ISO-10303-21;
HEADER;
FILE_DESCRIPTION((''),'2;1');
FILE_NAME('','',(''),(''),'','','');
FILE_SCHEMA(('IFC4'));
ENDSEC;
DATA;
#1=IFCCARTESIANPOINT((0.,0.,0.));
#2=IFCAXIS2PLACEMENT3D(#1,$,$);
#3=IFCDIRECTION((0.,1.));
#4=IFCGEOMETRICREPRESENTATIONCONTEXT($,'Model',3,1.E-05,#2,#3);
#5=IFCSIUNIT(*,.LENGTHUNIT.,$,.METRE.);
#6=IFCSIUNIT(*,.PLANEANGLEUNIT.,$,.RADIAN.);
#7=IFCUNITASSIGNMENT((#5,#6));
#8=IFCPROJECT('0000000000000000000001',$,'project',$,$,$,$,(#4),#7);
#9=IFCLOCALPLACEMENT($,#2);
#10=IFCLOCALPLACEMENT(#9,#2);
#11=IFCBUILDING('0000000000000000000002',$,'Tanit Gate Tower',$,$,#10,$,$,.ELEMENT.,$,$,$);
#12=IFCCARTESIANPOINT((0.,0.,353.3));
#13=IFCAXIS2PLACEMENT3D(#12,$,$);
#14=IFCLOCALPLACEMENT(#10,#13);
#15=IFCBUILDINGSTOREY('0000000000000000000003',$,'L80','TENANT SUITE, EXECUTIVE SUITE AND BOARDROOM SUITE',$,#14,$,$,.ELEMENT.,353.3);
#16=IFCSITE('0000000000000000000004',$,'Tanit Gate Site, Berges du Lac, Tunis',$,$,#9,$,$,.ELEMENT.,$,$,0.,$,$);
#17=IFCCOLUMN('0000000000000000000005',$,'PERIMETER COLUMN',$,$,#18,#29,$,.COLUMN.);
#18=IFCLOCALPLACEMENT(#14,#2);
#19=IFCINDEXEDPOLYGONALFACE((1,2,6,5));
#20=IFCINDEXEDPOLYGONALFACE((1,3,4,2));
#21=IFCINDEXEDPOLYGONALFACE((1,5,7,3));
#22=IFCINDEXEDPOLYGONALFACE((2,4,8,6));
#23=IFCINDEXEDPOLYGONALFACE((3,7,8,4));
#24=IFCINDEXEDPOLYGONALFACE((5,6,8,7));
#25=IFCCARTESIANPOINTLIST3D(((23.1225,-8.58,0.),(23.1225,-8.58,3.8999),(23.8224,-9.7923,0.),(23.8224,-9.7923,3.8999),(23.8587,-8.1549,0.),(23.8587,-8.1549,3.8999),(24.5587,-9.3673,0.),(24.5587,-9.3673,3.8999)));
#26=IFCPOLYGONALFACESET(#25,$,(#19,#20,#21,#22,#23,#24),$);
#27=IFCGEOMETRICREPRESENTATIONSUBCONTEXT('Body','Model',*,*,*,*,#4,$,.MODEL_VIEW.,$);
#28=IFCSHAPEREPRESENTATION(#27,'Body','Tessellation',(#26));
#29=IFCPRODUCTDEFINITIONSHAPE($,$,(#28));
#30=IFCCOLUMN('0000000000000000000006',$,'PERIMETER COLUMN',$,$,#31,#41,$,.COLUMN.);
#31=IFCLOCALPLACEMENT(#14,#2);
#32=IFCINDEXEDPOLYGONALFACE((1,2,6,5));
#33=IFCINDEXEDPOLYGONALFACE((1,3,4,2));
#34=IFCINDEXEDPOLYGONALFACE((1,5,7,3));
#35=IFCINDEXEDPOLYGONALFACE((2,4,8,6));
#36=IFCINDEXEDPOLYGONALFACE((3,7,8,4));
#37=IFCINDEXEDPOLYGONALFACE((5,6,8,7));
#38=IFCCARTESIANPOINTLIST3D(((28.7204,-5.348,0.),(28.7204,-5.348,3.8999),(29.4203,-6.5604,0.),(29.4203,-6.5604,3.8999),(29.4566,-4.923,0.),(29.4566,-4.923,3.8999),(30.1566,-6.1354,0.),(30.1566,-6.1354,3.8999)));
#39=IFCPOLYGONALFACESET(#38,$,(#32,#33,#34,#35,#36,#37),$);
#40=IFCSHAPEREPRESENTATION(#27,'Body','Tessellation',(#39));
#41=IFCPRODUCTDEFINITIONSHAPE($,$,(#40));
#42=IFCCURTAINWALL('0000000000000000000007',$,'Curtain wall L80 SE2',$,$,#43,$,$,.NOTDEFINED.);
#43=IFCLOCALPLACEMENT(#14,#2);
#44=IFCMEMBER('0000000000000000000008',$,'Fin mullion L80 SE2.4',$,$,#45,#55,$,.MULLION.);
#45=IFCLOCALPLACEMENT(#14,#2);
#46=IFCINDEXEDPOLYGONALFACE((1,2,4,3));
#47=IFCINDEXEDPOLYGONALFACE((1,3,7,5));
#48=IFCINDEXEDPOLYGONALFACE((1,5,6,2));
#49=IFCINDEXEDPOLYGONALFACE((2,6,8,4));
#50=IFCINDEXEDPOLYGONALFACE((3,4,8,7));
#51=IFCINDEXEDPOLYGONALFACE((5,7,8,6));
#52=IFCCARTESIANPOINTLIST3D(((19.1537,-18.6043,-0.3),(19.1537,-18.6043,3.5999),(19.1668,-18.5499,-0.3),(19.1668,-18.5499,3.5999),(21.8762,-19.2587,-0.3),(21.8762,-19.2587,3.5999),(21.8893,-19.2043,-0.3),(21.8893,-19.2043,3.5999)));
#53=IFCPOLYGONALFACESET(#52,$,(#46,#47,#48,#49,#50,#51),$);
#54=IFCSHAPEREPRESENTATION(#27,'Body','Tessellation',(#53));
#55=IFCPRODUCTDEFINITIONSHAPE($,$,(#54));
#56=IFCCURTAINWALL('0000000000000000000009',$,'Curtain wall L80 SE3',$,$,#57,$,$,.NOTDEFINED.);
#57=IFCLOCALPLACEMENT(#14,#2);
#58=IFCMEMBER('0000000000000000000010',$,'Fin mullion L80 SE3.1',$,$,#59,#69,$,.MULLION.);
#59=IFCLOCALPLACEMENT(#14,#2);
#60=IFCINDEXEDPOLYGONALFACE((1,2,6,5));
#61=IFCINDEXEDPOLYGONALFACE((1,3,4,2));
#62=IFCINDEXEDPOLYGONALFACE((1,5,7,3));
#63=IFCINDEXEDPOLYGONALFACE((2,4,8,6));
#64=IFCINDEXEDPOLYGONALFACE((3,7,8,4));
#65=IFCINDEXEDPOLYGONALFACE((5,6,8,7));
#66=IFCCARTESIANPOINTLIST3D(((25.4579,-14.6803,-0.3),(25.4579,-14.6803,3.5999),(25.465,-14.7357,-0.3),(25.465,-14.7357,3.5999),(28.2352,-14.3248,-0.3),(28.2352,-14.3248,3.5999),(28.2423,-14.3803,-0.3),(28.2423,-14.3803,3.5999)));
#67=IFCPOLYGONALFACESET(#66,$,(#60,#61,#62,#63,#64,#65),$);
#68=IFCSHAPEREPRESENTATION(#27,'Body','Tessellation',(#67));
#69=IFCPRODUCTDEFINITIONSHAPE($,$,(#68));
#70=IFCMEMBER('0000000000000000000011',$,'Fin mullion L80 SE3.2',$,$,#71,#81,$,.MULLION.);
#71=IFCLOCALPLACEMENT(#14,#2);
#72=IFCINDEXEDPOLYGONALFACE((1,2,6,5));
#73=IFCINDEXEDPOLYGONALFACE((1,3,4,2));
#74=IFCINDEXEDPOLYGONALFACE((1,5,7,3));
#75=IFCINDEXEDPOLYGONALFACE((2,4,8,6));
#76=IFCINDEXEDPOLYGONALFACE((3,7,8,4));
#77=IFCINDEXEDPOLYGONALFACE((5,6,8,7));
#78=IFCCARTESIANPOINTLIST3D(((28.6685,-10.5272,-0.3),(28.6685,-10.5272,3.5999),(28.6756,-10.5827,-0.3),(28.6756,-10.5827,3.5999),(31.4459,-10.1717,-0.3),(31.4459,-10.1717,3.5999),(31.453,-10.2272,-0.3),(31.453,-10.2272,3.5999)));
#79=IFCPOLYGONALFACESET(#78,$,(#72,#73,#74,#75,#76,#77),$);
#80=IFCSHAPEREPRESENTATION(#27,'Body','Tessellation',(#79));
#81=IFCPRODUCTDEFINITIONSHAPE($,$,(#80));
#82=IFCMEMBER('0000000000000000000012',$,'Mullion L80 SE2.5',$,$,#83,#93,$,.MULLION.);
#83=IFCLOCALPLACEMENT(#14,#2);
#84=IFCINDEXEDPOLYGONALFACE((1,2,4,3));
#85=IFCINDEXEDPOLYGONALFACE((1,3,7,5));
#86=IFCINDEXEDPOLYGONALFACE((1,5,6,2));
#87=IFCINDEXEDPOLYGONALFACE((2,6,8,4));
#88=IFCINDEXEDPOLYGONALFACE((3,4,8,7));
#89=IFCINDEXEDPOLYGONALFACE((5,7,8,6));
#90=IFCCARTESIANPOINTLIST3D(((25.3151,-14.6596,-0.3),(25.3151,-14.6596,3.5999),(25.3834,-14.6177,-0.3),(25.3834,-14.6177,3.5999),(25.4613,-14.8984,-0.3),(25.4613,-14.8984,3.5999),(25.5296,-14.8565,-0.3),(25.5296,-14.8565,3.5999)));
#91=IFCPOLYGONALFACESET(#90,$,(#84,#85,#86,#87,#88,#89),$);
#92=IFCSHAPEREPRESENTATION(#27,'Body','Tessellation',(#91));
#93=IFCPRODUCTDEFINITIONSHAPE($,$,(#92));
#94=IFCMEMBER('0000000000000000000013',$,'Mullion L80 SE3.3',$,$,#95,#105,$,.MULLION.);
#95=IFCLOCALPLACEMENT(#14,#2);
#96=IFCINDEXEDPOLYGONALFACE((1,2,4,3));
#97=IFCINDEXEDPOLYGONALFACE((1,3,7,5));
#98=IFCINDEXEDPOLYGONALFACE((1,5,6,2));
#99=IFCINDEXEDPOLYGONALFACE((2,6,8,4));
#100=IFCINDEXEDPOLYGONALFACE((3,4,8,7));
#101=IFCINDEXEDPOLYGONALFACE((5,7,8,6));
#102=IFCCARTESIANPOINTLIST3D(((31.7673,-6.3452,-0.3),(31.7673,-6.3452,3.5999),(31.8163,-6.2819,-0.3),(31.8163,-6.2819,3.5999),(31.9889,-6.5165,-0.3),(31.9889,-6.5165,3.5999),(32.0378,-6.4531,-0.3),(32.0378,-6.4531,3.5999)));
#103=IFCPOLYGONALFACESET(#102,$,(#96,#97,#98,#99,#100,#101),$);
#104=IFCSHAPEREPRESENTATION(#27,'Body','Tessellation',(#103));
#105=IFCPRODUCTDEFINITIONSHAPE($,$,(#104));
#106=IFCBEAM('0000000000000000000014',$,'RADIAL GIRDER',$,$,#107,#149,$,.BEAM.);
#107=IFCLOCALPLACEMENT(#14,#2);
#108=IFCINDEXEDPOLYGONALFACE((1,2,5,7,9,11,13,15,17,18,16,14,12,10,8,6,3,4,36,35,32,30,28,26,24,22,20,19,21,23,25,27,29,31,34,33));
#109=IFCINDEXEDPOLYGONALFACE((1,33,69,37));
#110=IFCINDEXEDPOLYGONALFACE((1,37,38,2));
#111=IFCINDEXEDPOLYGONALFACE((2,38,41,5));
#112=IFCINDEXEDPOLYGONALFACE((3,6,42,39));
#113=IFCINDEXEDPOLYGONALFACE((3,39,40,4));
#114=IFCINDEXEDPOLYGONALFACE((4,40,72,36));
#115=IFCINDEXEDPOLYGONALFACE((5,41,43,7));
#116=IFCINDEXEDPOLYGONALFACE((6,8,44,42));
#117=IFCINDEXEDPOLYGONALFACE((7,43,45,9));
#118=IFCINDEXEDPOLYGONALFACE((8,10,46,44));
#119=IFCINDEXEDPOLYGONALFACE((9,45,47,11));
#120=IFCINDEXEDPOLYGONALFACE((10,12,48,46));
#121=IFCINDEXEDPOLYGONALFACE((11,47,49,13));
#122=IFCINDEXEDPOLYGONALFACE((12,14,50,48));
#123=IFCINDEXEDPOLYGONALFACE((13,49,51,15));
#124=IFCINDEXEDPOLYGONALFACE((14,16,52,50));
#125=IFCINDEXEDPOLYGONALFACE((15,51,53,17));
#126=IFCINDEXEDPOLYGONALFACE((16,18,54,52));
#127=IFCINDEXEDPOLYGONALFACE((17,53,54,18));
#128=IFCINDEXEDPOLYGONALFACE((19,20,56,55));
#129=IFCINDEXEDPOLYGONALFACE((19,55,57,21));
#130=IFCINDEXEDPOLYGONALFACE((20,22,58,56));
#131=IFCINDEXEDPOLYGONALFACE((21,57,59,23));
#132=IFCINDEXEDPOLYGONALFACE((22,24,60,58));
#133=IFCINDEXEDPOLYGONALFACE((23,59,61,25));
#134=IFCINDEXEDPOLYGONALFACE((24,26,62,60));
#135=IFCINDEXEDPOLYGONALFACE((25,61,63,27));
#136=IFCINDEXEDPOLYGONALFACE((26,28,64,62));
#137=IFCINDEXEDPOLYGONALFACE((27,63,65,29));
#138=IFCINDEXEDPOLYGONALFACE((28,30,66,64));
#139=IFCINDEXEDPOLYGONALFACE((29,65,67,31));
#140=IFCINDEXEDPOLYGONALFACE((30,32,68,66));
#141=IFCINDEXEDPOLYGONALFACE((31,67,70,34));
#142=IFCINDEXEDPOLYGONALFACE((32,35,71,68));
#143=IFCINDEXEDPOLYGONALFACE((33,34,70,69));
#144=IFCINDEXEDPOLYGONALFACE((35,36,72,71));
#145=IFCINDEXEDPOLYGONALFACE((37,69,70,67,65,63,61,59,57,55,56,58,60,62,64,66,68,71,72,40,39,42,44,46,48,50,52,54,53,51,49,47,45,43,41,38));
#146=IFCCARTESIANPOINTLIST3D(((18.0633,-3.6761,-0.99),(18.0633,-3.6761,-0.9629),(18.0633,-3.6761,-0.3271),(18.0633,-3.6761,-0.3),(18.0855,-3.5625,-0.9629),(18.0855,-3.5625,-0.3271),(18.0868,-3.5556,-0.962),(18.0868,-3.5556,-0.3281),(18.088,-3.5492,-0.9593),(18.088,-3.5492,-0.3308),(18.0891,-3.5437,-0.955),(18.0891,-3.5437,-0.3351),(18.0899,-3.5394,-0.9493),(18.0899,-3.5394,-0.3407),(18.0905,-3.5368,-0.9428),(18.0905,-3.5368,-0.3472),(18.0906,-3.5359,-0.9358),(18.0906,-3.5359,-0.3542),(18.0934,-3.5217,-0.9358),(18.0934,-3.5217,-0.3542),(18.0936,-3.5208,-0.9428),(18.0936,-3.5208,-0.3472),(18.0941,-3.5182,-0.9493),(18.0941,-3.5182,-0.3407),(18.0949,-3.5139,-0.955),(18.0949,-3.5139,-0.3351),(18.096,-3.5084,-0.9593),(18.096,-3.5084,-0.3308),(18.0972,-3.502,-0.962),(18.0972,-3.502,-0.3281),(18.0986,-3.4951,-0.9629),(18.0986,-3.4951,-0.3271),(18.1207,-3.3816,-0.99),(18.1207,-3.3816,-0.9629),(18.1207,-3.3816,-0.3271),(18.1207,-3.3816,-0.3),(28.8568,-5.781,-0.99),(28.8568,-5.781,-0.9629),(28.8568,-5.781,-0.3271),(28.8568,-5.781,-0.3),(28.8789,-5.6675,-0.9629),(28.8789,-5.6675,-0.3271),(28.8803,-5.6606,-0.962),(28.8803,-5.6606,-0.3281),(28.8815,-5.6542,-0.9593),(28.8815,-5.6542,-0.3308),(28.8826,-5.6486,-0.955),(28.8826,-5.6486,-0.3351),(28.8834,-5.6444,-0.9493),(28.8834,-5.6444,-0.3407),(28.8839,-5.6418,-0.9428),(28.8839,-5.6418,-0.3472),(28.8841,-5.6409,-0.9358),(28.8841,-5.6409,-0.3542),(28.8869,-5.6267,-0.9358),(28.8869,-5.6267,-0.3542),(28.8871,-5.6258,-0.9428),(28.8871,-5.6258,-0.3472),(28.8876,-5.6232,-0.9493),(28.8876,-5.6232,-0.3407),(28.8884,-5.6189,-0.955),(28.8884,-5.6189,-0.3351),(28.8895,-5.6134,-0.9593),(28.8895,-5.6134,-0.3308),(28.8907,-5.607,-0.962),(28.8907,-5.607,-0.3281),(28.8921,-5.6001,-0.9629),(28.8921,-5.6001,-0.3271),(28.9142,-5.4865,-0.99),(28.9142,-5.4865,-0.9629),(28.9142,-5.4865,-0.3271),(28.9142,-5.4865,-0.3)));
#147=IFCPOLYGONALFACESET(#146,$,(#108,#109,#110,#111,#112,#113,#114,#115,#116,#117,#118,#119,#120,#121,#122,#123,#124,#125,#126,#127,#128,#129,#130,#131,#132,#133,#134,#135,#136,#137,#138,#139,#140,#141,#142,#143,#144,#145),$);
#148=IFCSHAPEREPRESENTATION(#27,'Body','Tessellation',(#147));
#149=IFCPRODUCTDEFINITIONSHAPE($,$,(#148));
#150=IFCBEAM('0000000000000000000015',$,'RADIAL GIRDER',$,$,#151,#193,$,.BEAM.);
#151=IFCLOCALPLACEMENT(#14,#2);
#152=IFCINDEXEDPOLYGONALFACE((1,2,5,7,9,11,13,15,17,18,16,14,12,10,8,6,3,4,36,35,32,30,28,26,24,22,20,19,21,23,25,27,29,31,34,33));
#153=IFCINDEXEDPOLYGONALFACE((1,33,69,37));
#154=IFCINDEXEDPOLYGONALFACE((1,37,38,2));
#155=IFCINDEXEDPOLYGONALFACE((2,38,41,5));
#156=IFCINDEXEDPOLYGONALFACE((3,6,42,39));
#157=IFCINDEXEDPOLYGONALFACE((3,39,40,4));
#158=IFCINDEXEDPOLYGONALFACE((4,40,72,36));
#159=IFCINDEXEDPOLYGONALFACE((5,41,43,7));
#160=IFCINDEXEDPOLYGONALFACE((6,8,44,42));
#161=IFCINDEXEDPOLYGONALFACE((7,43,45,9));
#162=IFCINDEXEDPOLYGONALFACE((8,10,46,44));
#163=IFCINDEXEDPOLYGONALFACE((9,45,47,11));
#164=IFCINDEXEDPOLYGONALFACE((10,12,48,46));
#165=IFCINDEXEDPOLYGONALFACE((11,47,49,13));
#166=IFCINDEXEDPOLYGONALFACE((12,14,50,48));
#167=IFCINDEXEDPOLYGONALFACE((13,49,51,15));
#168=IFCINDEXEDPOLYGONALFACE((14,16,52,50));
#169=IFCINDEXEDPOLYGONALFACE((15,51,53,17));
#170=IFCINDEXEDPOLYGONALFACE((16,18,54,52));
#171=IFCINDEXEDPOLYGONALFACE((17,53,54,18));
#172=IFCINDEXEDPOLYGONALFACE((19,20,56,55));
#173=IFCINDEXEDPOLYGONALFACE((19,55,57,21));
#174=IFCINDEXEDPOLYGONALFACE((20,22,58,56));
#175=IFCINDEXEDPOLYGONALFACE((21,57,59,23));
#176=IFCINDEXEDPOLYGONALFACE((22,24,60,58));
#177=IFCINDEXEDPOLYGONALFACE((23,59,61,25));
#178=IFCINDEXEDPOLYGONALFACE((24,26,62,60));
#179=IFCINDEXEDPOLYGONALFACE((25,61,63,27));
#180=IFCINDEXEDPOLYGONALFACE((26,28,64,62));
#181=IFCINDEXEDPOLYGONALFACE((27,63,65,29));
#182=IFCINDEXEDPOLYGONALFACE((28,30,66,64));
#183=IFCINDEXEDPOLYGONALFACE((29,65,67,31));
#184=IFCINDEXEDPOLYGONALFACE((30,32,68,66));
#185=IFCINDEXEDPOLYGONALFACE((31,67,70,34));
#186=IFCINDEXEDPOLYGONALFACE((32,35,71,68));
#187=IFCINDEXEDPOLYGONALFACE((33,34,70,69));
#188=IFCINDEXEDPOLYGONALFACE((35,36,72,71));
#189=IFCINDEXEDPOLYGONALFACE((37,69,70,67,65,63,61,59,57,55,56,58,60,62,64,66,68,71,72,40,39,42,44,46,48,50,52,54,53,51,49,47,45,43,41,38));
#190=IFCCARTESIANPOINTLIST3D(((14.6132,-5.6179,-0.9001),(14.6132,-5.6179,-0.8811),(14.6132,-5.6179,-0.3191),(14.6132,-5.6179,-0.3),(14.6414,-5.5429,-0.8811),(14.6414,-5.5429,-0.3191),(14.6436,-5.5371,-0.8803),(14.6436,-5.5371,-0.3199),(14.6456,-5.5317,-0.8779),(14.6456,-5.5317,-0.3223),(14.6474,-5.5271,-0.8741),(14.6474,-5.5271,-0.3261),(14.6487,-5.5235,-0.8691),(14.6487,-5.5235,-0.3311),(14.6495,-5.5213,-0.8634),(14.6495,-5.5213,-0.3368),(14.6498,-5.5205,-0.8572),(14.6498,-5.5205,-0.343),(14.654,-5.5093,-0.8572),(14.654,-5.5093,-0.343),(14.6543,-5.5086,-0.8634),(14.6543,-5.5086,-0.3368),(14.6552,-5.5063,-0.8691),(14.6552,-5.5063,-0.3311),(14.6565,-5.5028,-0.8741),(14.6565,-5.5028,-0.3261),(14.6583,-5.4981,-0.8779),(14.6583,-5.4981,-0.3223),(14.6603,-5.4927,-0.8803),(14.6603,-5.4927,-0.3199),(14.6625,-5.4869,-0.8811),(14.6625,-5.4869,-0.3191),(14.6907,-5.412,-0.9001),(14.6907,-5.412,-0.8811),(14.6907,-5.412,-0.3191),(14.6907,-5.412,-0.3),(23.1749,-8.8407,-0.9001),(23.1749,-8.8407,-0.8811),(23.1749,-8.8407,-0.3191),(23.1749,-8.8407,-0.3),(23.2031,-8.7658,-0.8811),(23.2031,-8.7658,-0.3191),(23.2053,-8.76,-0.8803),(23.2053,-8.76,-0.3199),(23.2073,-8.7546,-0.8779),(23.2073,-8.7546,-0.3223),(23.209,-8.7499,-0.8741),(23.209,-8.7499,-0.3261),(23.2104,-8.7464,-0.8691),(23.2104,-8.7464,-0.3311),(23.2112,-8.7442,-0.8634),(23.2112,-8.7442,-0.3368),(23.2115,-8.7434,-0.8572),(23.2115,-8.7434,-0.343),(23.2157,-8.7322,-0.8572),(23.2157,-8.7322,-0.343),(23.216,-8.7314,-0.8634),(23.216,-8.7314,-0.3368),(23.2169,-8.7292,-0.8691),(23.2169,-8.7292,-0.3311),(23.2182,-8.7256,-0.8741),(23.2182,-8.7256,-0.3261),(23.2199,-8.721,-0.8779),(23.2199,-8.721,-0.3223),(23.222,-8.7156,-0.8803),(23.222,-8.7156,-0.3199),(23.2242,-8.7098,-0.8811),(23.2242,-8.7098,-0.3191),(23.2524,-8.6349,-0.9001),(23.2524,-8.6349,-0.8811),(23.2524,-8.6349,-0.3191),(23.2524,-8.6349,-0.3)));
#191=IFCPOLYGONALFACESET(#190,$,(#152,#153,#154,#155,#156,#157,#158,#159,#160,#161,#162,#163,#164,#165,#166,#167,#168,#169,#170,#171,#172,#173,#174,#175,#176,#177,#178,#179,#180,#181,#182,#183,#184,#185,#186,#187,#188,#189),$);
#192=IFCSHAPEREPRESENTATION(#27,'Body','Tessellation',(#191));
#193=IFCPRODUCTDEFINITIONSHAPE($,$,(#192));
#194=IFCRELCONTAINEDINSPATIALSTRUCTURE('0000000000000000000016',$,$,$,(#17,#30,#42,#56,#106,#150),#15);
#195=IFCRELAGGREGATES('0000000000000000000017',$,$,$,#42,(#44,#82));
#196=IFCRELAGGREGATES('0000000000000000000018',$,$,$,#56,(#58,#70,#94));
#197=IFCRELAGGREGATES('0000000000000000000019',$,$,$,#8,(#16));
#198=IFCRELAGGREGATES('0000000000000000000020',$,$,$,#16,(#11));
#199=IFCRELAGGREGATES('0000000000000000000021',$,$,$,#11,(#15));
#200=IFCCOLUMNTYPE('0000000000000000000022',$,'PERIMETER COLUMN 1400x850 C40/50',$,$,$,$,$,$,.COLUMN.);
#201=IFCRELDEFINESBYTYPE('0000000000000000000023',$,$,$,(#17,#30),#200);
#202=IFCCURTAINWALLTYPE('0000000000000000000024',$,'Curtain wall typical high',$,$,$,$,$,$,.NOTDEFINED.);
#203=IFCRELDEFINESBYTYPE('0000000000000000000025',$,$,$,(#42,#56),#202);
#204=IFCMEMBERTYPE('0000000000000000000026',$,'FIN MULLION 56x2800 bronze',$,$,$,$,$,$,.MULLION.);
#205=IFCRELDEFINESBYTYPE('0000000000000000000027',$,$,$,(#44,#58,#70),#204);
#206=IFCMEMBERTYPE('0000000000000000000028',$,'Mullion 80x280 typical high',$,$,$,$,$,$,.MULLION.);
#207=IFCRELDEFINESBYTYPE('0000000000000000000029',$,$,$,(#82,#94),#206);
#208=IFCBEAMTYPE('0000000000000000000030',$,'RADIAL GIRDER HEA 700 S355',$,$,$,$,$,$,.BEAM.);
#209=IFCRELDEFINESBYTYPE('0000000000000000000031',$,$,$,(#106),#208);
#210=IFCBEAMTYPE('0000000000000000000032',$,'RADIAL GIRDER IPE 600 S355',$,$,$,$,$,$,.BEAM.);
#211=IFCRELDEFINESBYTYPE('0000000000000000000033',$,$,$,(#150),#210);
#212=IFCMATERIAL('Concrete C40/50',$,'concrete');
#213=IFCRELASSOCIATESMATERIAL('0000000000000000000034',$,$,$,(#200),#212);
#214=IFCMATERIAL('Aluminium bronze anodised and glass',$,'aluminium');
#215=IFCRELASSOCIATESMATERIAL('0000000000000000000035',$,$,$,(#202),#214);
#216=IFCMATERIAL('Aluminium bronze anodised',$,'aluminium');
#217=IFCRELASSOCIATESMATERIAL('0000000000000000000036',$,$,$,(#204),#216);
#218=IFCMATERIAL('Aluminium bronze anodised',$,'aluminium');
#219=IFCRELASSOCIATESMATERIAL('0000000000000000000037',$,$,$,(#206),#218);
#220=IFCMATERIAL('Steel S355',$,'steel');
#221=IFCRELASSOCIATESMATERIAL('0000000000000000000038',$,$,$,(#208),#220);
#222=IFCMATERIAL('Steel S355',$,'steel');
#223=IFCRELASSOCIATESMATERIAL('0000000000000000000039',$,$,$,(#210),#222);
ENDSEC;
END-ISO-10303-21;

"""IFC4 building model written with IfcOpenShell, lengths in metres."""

from ifc_helpers import new_model, si_unit, direction, frame, origin, origin_2d, place, context, subcontext, project, spatial, rectangle, i_section, extrude, material, material_profile, profile_set, type_object, element, aggregate, save


model = new_model("IFC4")

# Units and contexts
model_context = context("Model", 3, precision=1e-05, world=origin(), true_north=direction((0.0, 1.0)))
body_context = subcontext(model_context, "Body", "Model", "MODEL_VIEW")
ifc_project = project(units=[si_unit("LENGTHUNIT", "METRE"), si_unit("PLANEANGLEUNIT", "RADIAN")], contexts=[model_context])

# Site, building, storey
site_placement = place(None, origin())
site = spatial("IfcSite", under=ifc_project, at=site_placement, Name="Tanit Gate Site, Berges du Lac, Tunis", CompositionType="ELEMENT", RefElevation=0.0)
building_placement = place(site_placement, origin())
building = spatial("IfcBuilding", under=site, at=building_placement, Name="Tanit Gate Tower", CompositionType="ELEMENT")
storey_placement = place(building_placement, frame((0.0, 0.0, 353.3)))
storey = spatial("IfcBuildingStorey", under=building, at=storey_placement, Name="L80", Description="TENANT SUITE, EXECUTIVE SUITE AND BOARDROOM SUITE", CompositionType="ELEMENT", Elevation=353.3)

# Columns
ifc_material_1 = material(Name="Concrete C40/50", Category="concrete")
ifc_material_profile_1 = material_profile(ifc_material_1, rectangle(XDim=1.3999, YDim=0.8501, at=origin_2d()), Name="RC 1400x850")
ifc_profile_set_1 = profile_set([ifc_material_profile_1], Name="Concrete C40/50")
column_type = type_object("IfcColumnType", Name="PERIMETER COLUMN 1400x850 C40/50", PredefinedType="COLUMN", material=ifc_profile_set_1)
for number, where, z_axis, x_axis, name in (
    (1, (23.8406, -8.9736, 0.0), (0.0, 0.0, 1.0), (0.5, -0.866025, 0.0), "PERIMETER COLUMN"),
    (2, (29.4385, -5.7417, 0.0), (0.0, 0.0, 1.0), (0.5, -0.866025, 0.0), "PERIMETER COLUMN"),
):
    element("IfcColumn", number, at=place(storey_placement, frame(where, z_axis=z_axis, x_axis=x_axis)), inside=storey, type_object=column_type, Name=name, PredefinedType="COLUMN", context=body_context, shape_type="SweptSolid", body=[
        extrude(rectangle(XDim=1.3999, YDim=0.8501, at=origin_2d()), origin(), (0.0, 0.0, 1.0), 3.8999),
    ])

# Curtain wall, member
ifc_material_2 = material(Name="Aluminium bronze anodised and glass", Category="aluminium")
curtain_wall_type = type_object("IfcCurtainWallType", Name="Curtain wall typical high", PredefinedType="NOTDEFINED", material=ifc_material_2)
curtain_wall_1_placement = place(storey_placement, origin())
curtain_wall_1 = element("IfcCurtainWall", 3, at=curtain_wall_1_placement, inside=storey, type_object=curtain_wall_type, Name="Curtain wall L80 SE2", PredefinedType="NOTDEFINED")
ifc_material_3 = material(Name="Aluminium bronze anodised", Category="aluminium")
ifc_material_profile_2 = material_profile(ifc_material_3, rectangle(XDim=2.8, YDim=0.0559, at=origin_2d()), Name="56x2800 bronze fin mullion")
ifc_profile_set_2 = profile_set([ifc_material_profile_2], Name="Aluminium bronze anodised")
member_type_1 = type_object("IfcMemberType", Name="FIN MULLION 56x2800 bronze", PredefinedType="MULLION", material=ifc_profile_set_2)
member_1_placement = place(storey_placement, frame((20.5215, -18.9043, -0.3), z_axis=(0.0, 0.0, 1.0), x_axis=(-0.972311, 0.233691, 0.0)))
member_1 = element("IfcMember", 4, at=member_1_placement, type_object=member_type_1, Name="Fin mullion L80 SE2.4", PredefinedType="MULLION", context=body_context, shape_type="SweptSolid", body=[
    extrude(rectangle(XDim=2.8, YDim=0.0559, at=origin_2d()), origin(), (0.0, 0.0, 1.0), 3.8999),
])

# Curtain wall, members
curtain_wall_2_placement = place(storey_placement, origin())
curtain_wall_2 = element("IfcCurtainWall", 5, at=curtain_wall_2_placement, inside=storey, type_object=curtain_wall_type, Name="Curtain wall L80 SE3", PredefinedType="NOTDEFINED")
member_2_placement = place(storey_placement, frame((26.8501, -14.5303, -0.3), z_axis=(0.0, 0.0, 1.0), x_axis=(-0.991908, -0.126956, 0.0)))
member_2 = element("IfcMember", 6, at=member_2_placement, type_object=member_type_1, Name="Fin mullion L80 SE3.1", PredefinedType="MULLION", context=body_context, shape_type="SweptSolid", body=[
    extrude(rectangle(XDim=2.8, YDim=0.0559, at=origin_2d()), origin(), (0.0, 0.0, 1.0), 3.8999),
])
member_3_placement = place(storey_placement, frame((30.0608, -10.3772, -0.3), z_axis=(0.0, 0.0, 1.0), x_axis=(-0.991908, -0.126956, 0.0)))
member_3 = element("IfcMember", 7, at=member_3_placement, type_object=member_type_1, Name="Fin mullion L80 SE3.2", PredefinedType="MULLION", context=body_context, shape_type="SweptSolid", body=[
    extrude(rectangle(XDim=2.8, YDim=0.0559, at=origin_2d()), origin(), (0.0, 0.0, 1.0), 3.8999),
])

# Members
ifc_material_4 = material(Name="Aluminium bronze anodised", Category="aluminium")
ifc_material_profile_3 = material_profile(ifc_material_4, rectangle(XDim=0.28, YDim=0.0801, at=origin_2d()), Name="80x280 bronze mullion")
ifc_profile_set_3 = profile_set([ifc_material_profile_3], Name="Aluminium bronze anodised")
member_type_2 = type_object("IfcMemberType", Name="Mullion 80x280 typical high", PredefinedType="MULLION", material=ifc_profile_set_3)
member_4_placement = place(storey_placement, frame((25.4224, -14.7581, -0.3), z_axis=(0.0, 0.0, 1.0), x_axis=(-0.522283, 0.852772, 0.0)))
member_4 = element("IfcMember", 8, at=member_4_placement, type_object=member_type_2, Name="Mullion L80 SE2.5", PredefinedType="MULLION", context=body_context, shape_type="SweptSolid", body=[
    extrude(rectangle(XDim=0.28, YDim=0.0801, at=origin_2d()), origin(), (0.0, 0.0, 1.0), 3.8999),
])
member_5_placement = place(storey_placement, frame((31.9026, -6.3992, -0.3), z_axis=(0.0, 0.0, 1.0), x_axis=(-0.791157, 0.611613, 0.0)))
member_5 = element("IfcMember", 9, at=member_5_placement, type_object=member_type_2, Name="Mullion L80 SE3.3", PredefinedType="MULLION", context=body_context, shape_type="SweptSolid", body=[
    extrude(rectangle(XDim=0.28, YDim=0.0801, at=origin_2d()), origin(), (0.0, 0.0, 1.0), 3.8999),
])

# Beams
ifc_material_5 = material(Name="Steel S355", Category="steel")
ifc_material_profile_4 = material_profile(ifc_material_5, i_section(OverallWidth=0.3, OverallDepth=0.6899, WebThickness=0.0144, FlangeThickness=0.0271, FilletRadius=0.0271, at=origin_2d()), Name="HEA 700")
ifc_profile_set_4 = profile_set([ifc_material_profile_4], Name="Steel S355")
beam_type_1 = type_object("IfcBeamType", Name="RADIAL GIRDER HEA 700 S355", PredefinedType="BEAM", material=ifc_profile_set_4)
beam_1_placement = place(storey_placement, frame((28.8855, -5.6338, -0.645), z_axis=(-0.981509, 0.191418, 0.0), x_axis=(-0.191418, -0.981509, 0.0)))
element("IfcBeam", 10, at=beam_1_placement, inside=storey, type_object=beam_type_1, Name="RADIAL GIRDER", PredefinedType="BEAM", context=body_context, shape_type="SweptSolid", body=[
    extrude(i_section(OverallWidth=0.3, OverallDepth=0.6899, WebThickness=0.0144, FlangeThickness=0.0271, FilletRadius=0.0271, at=origin_2d()), origin(), (0.0, 0.0, 1.0), 10.9968),
])
ifc_material_6 = material(Name="Steel S355", Category="steel")
ifc_material_profile_5 = material_profile(ifc_material_6, i_section(OverallWidth=0.22, OverallDepth=0.6001, WebThickness=0.012, FlangeThickness=0.019, FilletRadius=0.0239, at=origin_2d()), Name="IPE 600")
ifc_profile_set_5 = profile_set([ifc_material_profile_5], Name="Steel S355")
beam_type_2 = type_object("IfcBeamType", Name="RADIAL GIRDER IPE 600 S355", PredefinedType="BEAM", material=ifc_profile_set_5)
beam_2_placement = place(storey_placement, frame((23.2136, -8.7378, -0.6001), z_axis=(-0.935889, 0.352296, 0.0), x_axis=(-0.352296, -0.935889, 0.0)))
element("IfcBeam", 11, at=beam_2_placement, inside=storey, type_object=beam_type_2, Name="RADIAL GIRDER", PredefinedType="BEAM", context=body_context, shape_type="SweptSolid", body=[
    extrude(i_section(OverallWidth=0.22, OverallDepth=0.6001, WebThickness=0.012, FlangeThickness=0.019, FilletRadius=0.0239, at=origin_2d()), origin(), (0.0, 0.0, 1.0), 9.1482),
])

aggregate(curtain_wall_1, [member_1, member_4])
aggregate(curtain_wall_2, [member_2, member_3, member_5])

save(model, "model.ifc")
